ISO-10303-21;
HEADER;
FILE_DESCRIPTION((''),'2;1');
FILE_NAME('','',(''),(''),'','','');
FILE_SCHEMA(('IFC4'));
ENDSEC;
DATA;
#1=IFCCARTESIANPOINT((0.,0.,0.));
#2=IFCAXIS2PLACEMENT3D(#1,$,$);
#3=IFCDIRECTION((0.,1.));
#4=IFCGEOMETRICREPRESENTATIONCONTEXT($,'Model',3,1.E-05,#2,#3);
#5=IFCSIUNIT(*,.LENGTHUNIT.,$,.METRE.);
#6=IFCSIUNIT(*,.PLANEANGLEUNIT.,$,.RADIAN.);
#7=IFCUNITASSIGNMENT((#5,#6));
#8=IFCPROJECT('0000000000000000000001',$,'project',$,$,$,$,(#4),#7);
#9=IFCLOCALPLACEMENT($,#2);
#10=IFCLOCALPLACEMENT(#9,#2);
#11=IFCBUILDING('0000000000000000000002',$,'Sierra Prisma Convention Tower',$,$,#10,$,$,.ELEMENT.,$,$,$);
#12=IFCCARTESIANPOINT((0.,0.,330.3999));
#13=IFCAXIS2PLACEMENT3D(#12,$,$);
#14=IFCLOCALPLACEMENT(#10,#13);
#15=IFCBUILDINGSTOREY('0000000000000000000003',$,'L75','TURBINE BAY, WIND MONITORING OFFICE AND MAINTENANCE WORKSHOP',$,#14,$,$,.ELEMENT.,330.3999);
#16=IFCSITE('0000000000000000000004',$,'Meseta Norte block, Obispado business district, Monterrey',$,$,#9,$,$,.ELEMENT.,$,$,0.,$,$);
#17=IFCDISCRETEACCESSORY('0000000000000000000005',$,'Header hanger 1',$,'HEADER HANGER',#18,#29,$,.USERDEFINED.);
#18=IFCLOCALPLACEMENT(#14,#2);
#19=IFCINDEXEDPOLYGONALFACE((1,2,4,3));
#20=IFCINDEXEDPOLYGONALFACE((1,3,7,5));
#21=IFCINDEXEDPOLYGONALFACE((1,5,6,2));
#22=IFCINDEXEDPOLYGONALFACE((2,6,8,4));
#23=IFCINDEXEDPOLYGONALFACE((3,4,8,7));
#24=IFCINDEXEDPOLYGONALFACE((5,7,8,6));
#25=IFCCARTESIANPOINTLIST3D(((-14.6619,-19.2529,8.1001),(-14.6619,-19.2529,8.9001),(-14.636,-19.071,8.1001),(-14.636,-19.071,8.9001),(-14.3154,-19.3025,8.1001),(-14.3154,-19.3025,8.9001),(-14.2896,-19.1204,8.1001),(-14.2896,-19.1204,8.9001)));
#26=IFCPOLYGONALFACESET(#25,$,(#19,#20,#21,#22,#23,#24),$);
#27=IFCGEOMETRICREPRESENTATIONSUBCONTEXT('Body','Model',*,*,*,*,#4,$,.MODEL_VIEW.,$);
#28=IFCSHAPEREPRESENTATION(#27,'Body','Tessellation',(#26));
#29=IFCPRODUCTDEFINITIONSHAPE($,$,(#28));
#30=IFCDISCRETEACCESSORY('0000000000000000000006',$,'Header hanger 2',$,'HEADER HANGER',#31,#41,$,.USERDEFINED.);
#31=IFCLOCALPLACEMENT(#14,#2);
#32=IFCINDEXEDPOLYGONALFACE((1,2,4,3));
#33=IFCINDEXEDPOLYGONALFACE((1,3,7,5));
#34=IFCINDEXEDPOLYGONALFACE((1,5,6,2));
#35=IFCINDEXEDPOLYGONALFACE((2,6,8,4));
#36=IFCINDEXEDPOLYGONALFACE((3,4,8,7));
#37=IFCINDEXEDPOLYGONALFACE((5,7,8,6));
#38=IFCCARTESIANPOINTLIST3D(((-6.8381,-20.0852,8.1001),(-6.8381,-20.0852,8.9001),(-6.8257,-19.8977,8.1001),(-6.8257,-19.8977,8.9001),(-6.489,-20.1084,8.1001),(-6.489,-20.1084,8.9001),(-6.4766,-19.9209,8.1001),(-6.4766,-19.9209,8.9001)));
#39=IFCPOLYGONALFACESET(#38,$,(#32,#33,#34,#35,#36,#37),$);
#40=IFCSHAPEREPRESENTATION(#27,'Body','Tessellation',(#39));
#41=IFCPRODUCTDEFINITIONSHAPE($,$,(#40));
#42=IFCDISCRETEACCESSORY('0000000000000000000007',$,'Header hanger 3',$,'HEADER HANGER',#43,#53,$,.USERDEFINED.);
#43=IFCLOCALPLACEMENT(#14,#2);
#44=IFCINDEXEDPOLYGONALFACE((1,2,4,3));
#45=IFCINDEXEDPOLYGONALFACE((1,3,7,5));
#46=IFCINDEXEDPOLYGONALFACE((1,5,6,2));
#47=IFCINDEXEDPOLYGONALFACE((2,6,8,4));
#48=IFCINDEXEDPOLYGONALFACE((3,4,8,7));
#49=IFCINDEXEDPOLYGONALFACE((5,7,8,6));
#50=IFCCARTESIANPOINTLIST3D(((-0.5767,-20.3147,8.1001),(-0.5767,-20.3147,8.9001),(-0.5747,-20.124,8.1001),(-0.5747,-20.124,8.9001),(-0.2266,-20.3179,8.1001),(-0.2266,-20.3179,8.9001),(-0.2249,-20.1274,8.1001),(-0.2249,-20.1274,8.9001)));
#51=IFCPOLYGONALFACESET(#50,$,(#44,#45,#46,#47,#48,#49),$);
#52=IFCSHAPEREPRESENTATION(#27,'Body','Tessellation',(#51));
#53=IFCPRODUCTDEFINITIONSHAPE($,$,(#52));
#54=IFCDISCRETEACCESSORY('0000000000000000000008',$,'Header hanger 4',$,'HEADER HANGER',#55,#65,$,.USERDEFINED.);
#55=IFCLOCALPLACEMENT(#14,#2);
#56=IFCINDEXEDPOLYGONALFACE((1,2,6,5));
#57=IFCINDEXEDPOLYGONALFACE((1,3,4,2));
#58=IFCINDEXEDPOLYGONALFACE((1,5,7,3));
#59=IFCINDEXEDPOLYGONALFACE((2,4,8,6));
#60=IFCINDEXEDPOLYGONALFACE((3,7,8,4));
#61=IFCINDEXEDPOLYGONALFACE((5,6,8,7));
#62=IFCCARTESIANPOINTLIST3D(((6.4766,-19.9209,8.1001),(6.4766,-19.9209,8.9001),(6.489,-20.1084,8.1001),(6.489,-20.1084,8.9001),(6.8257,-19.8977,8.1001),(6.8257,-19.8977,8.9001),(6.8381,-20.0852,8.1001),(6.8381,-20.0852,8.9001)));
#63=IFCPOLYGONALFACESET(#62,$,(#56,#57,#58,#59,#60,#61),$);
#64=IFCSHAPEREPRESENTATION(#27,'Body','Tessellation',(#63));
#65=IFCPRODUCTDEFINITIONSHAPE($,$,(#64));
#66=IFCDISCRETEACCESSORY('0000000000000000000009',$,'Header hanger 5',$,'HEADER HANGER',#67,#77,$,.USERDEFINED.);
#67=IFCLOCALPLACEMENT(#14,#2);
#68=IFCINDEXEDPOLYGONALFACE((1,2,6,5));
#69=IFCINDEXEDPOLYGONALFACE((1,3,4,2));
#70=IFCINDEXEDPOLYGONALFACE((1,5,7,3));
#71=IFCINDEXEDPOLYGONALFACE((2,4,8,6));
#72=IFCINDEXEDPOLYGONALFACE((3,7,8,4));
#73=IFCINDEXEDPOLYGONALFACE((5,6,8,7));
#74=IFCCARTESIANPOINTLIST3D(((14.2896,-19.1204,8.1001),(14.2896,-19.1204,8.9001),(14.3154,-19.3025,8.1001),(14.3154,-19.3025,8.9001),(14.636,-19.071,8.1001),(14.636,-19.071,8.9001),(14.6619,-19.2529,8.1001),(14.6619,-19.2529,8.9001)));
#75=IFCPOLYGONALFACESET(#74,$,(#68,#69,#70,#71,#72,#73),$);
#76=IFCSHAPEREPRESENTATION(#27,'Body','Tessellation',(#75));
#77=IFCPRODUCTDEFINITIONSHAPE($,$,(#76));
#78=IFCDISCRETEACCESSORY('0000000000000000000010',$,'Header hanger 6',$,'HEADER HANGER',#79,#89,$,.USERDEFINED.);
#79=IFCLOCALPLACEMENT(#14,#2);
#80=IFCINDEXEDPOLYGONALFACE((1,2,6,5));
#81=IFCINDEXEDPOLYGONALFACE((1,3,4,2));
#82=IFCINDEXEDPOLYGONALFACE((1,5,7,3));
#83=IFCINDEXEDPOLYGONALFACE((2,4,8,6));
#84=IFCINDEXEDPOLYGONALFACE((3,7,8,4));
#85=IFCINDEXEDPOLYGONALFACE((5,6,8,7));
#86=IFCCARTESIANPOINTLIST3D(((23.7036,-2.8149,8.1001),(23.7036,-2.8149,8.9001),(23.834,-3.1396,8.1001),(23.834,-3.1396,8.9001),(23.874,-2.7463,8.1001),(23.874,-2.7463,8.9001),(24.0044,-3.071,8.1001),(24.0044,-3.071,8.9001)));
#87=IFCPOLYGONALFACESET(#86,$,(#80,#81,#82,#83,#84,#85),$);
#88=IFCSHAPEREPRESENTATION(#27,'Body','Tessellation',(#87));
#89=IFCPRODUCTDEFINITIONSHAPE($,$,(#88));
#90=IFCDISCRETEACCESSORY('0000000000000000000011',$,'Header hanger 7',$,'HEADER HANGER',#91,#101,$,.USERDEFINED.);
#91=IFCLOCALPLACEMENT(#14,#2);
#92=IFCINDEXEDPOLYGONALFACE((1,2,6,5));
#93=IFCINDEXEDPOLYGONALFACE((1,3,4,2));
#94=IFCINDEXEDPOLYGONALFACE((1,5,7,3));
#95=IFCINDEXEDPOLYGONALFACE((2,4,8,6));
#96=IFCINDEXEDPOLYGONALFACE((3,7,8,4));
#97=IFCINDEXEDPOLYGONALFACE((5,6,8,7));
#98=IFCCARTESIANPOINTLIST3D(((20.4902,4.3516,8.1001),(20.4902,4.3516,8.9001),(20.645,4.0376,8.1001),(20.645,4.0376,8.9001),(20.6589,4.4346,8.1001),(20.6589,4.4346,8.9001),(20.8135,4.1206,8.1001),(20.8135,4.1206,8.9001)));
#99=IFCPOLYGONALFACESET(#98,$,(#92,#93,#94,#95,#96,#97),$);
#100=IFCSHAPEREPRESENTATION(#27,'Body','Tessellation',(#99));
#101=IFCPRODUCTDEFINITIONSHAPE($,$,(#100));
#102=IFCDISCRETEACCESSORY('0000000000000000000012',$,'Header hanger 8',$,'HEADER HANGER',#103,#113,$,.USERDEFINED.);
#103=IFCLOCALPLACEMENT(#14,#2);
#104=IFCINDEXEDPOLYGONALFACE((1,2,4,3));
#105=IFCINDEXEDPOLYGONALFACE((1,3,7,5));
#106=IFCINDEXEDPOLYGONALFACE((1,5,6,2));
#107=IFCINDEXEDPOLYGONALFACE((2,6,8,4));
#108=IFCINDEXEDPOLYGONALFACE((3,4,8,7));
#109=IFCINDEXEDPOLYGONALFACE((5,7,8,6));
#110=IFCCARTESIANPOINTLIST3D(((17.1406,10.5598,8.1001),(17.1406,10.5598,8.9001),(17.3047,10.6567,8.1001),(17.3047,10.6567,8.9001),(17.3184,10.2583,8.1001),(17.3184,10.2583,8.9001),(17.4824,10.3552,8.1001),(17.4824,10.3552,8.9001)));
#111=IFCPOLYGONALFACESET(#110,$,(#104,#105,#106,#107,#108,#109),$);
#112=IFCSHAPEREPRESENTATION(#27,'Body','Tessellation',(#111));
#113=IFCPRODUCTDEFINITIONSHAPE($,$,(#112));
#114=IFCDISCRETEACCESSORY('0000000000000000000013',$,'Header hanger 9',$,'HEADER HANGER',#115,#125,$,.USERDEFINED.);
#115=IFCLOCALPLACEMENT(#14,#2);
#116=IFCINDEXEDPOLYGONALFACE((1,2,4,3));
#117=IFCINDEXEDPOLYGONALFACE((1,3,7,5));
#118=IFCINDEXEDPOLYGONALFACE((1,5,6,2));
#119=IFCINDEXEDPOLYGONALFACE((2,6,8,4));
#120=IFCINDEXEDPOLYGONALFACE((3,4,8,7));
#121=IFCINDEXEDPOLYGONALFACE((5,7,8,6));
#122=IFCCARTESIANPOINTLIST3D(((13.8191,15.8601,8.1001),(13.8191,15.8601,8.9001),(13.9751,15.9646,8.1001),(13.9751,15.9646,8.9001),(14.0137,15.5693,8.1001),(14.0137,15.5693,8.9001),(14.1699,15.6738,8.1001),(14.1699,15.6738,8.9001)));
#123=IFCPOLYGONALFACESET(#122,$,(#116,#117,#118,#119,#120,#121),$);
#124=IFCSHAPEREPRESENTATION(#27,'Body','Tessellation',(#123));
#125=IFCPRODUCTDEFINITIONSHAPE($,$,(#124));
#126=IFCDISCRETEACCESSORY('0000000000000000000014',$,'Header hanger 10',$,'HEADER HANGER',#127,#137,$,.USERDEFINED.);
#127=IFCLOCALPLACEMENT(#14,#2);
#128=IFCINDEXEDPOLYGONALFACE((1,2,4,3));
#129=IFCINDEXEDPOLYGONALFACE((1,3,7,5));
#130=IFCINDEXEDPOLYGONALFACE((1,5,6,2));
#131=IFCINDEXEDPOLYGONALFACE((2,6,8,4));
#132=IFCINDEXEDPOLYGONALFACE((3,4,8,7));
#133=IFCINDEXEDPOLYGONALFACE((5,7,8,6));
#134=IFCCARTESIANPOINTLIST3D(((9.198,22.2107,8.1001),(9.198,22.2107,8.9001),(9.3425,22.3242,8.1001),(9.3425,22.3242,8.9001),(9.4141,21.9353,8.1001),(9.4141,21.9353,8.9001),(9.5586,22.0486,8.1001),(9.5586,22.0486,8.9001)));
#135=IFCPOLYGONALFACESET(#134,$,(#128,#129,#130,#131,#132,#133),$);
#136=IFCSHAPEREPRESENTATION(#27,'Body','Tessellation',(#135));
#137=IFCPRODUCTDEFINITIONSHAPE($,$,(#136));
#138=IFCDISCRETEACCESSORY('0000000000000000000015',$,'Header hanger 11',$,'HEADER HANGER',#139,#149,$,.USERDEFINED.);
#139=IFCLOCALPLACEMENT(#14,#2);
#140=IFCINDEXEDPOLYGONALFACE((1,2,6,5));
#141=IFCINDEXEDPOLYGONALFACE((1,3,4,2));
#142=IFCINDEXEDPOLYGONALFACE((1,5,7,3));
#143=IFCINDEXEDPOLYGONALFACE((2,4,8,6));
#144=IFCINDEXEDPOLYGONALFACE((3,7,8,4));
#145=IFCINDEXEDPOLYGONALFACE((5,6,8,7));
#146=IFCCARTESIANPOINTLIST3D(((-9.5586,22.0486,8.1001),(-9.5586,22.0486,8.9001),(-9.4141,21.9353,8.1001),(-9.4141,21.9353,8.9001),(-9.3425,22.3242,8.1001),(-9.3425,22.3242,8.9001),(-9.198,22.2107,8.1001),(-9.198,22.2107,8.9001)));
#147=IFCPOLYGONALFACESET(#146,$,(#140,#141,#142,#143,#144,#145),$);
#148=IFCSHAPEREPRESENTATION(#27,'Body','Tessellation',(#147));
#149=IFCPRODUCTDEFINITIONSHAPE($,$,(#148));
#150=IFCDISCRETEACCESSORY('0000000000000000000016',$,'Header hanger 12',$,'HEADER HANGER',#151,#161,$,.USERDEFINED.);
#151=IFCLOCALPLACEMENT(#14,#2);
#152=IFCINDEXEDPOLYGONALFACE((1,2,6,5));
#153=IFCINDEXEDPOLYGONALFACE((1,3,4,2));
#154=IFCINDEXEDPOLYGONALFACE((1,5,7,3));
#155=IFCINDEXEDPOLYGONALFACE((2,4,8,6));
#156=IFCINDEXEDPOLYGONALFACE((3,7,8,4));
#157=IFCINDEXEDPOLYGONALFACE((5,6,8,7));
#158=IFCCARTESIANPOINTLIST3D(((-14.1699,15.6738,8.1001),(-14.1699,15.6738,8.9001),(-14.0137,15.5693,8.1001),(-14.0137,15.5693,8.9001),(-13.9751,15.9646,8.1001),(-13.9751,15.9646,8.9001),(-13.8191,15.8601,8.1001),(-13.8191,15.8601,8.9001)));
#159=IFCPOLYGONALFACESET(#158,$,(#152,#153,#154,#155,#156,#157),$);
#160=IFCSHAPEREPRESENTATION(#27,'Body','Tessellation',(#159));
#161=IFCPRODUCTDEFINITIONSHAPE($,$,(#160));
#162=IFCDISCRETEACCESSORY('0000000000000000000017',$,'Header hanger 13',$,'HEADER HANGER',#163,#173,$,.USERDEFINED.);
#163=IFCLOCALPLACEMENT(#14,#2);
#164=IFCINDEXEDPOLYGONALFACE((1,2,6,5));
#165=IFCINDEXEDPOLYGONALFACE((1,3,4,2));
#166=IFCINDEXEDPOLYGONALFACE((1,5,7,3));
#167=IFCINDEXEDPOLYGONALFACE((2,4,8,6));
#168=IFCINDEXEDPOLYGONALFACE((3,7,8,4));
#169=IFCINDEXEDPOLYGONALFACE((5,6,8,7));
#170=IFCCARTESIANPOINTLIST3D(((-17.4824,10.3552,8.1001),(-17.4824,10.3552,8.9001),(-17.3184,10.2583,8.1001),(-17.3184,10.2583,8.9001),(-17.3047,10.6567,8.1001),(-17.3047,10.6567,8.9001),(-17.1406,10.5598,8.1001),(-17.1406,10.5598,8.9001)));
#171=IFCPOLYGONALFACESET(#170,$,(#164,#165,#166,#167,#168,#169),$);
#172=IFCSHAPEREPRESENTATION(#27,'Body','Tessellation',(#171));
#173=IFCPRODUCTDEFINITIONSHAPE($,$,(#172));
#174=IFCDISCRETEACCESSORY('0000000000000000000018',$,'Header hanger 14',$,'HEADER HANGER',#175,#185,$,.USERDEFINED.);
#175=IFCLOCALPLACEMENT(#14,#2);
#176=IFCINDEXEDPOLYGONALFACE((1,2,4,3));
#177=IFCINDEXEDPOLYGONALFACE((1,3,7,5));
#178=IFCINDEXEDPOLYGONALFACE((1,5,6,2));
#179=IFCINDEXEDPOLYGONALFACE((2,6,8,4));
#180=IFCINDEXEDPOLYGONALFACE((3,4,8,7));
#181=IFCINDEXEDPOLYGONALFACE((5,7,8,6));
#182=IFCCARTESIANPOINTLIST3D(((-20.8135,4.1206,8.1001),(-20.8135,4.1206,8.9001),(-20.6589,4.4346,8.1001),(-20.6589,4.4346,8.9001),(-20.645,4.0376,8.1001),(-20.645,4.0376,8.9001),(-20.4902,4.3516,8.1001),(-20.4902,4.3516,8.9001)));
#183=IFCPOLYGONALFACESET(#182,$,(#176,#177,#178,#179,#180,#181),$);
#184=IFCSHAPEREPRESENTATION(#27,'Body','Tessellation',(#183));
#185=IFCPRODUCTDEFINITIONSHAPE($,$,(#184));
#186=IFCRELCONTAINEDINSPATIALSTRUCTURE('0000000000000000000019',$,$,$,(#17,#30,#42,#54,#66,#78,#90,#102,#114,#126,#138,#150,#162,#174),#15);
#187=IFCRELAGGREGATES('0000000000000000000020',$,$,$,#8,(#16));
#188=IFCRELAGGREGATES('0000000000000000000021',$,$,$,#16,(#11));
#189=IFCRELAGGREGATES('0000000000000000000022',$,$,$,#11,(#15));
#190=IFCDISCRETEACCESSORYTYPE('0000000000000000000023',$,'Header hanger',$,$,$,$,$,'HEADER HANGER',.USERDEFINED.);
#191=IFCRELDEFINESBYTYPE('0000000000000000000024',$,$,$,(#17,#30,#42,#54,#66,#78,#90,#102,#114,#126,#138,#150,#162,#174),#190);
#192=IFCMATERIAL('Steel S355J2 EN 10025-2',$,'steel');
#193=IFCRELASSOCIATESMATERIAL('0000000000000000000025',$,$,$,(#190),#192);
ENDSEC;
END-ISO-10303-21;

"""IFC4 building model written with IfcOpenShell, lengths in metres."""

from ifc_helpers import new_model, si_unit, direction, frame, origin, place, context, subcontext, project, spatial, polyline, outline, extrude, material, type_object, element, save


model = new_model("IFC4")

# Units and contexts
model_context = context("Model", 3, precision=1e-05, world=origin(), true_north=direction((0.0, 1.0)))
body_context = subcontext(model_context, "Body", "Model", "MODEL_VIEW")
ifc_project = project(units=[si_unit("LENGTHUNIT", "METRE"), si_unit("PLANEANGLEUNIT", "RADIAN")], contexts=[model_context])

# Site, building, storey
site_placement = place(None, origin())
site = spatial("IfcSite", under=ifc_project, at=site_placement, Name="Meseta Norte block, Obispado business district, Monterrey", CompositionType="ELEMENT", RefElevation=0.0)
building_placement = place(site_placement, origin())
building = spatial("IfcBuilding", under=site, at=building_placement, Name="Sierra Prisma Convention Tower", CompositionType="ELEMENT")
storey_placement = place(building_placement, frame((0.0, 0.0, 330.3999)))
storey = spatial("IfcBuildingStorey", under=building, at=storey_placement, Name="L75", Description="TURBINE BAY, WIND MONITORING OFFICE AND MAINTENANCE WORKSHOP", CompositionType="ELEMENT", Elevation=330.3999)

# Discrete accessories
ifc_material_1 = material(Name="Steel S355J2 EN 10025-2", Category="steel")
discrete_accessory_type_1 = type_object("IfcDiscreteAccessoryType", Name="Header hanger", ElementType="HEADER HANGER", PredefinedType="USERDEFINED", material=ifc_material_1)
discrete_accessory_1_placement = place(storey_placement, frame((0.0, 0.0, 8.1001)))
element("IfcDiscreteAccessory", 1, at=discrete_accessory_1_placement, inside=storey, type_object=discrete_accessory_type_1, Name="Header hanger 1", ObjectType="HEADER HANGER", PredefinedType="USERDEFINED", context=body_context, shape_type="SweptSolid", body=[
    extrude(outline(polyline([(-14.636, -19.071), (-14.6619, -19.2529), (-14.3154, -19.3025), (-14.2896, -19.1204), (-14.636, -19.071)])), origin(), (0.0, 0.0, 1.0), 0.8),
])
discrete_accessory_2_placement = place(storey_placement, frame((0.0, 0.0, 8.1001)))
element("IfcDiscreteAccessory", 2, at=discrete_accessory_2_placement, inside=storey, type_object=discrete_accessory_type_1, Name="Header hanger 2", ObjectType="HEADER HANGER", PredefinedType="USERDEFINED", context=body_context, shape_type="SweptSolid", body=[
    extrude(outline(polyline([(-6.8257, -19.8977), (-6.8381, -20.0852), (-6.489, -20.1084), (-6.4766, -19.9209), (-6.8257, -19.8977)])), origin(), (0.0, 0.0, 1.0), 0.8),
])
discrete_accessory_3_placement = place(storey_placement, frame((0.0, 0.0, 8.1001)))
element("IfcDiscreteAccessory", 3, at=discrete_accessory_3_placement, inside=storey, type_object=discrete_accessory_type_1, Name="Header hanger 3", ObjectType="HEADER HANGER", PredefinedType="USERDEFINED", context=body_context, shape_type="SweptSolid", body=[
    extrude(outline(polyline([(-0.5747, -20.124), (-0.5767, -20.3147), (-0.2266, -20.3179), (-0.2249, -20.1274), (-0.5747, -20.124)])), origin(), (0.0, 0.0, 1.0), 0.8),
])
discrete_accessory_4_placement = place(storey_placement, frame((0.0, 0.0, 8.1001)))
element("IfcDiscreteAccessory", 4, at=discrete_accessory_4_placement, inside=storey, type_object=discrete_accessory_type_1, Name="Header hanger 4", ObjectType="HEADER HANGER", PredefinedType="USERDEFINED", context=body_context, shape_type="SweptSolid", body=[
    extrude(outline(polyline([(6.4766, -19.9209), (6.489, -20.1084), (6.8381, -20.0852), (6.8257, -19.8977), (6.4766, -19.9209)])), origin(), (0.0, 0.0, 1.0), 0.8),
])
discrete_accessory_5_placement = place(storey_placement, frame((0.0, 0.0, 8.1001)))
element("IfcDiscreteAccessory", 5, at=discrete_accessory_5_placement, inside=storey, type_object=discrete_accessory_type_1, Name="Header hanger 5", ObjectType="HEADER HANGER", PredefinedType="USERDEFINED", context=body_context, shape_type="SweptSolid", body=[
    extrude(outline(polyline([(14.2896, -19.1204), (14.3154, -19.3025), (14.6619, -19.2529), (14.636, -19.071), (14.2896, -19.1204)])), origin(), (0.0, 0.0, 1.0), 0.8),
])
discrete_accessory_6_placement = place(storey_placement, frame((0.0, 0.0, 8.1001)))
element("IfcDiscreteAccessory", 6, at=discrete_accessory_6_placement, inside=storey, type_object=discrete_accessory_type_1, Name="Header hanger 6", ObjectType="HEADER HANGER", PredefinedType="USERDEFINED", context=body_context, shape_type="SweptSolid", body=[
    extrude(outline(polyline([(23.834, -3.1396), (24.0044, -3.071), (23.874, -2.7463), (23.7036, -2.8149), (23.834, -3.1396)])), origin(), (0.0, 0.0, 1.0), 0.8),
])
discrete_accessory_7_placement = place(storey_placement, frame((0.0, 0.0, 8.1001)))
element("IfcDiscreteAccessory", 7, at=discrete_accessory_7_placement, inside=storey, type_object=discrete_accessory_type_1, Name="Header hanger 7", ObjectType="HEADER HANGER", PredefinedType="USERDEFINED", context=body_context, shape_type="SweptSolid", body=[
    extrude(outline(polyline([(20.645, 4.0376), (20.8135, 4.1206), (20.6589, 4.4346), (20.4902, 4.3516), (20.645, 4.0376)])), origin(), (0.0, 0.0, 1.0), 0.8),
])
discrete_accessory_8_placement = place(storey_placement, frame((0.0, 0.0, 8.1001)))
element("IfcDiscreteAccessory", 8, at=discrete_accessory_8_placement, inside=storey, type_object=discrete_accessory_type_1, Name="Header hanger 8", ObjectType="HEADER HANGER", PredefinedType="USERDEFINED", context=body_context, shape_type="SweptSolid", body=[
    extrude(outline(polyline([(17.3184, 10.2583), (17.4824, 10.3552), (17.3047, 10.6567), (17.1406, 10.5598), (17.3184, 10.2583)])), origin(), (0.0, 0.0, 1.0), 0.8),
])
discrete_accessory_9_placement = place(storey_placement, frame((0.0, 0.0, 8.1001)))
element("IfcDiscreteAccessory", 9, at=discrete_accessory_9_placement, inside=storey, type_object=discrete_accessory_type_1, Name="Header hanger 9", ObjectType="HEADER HANGER", PredefinedType="USERDEFINED", context=body_context, shape_type="SweptSolid", body=[
    extrude(outline(polyline([(14.0137, 15.5693), (14.1699, 15.6738), (13.9751, 15.9646), (13.8191, 15.8601), (14.0137, 15.5693)])), origin(), (0.0, 0.0, 1.0), 0.8),
])
discrete_accessory_10_placement = place(storey_placement, frame((0.0, 0.0, 8.1001)))
element("IfcDiscreteAccessory", 10, at=discrete_accessory_10_placement, inside=storey, type_object=discrete_accessory_type_1, Name="Header hanger 10", ObjectType="HEADER HANGER", PredefinedType="USERDEFINED", context=body_context, shape_type="SweptSolid", body=[
    extrude(outline(polyline([(9.4141, 21.9353), (9.5586, 22.0486), (9.3425, 22.3242), (9.198, 22.2107), (9.4141, 21.9353)])), origin(), (0.0, 0.0, 1.0), 0.8),
])
discrete_accessory_11_placement = place(storey_placement, frame((0.0, 0.0, 8.1001)))
element("IfcDiscreteAccessory", 11, at=discrete_accessory_11_placement, inside=storey, type_object=discrete_accessory_type_1, Name="Header hanger 11", ObjectType="HEADER HANGER", PredefinedType="USERDEFINED", context=body_context, shape_type="SweptSolid", body=[
    extrude(outline(polyline([(-9.198, 22.2107), (-9.3425, 22.3242), (-9.5586, 22.0486), (-9.4141, 21.9353), (-9.198, 22.2107)])), origin(), (0.0, 0.0, 1.0), 0.8),
])
discrete_accessory_12_placement = place(storey_placement, frame((0.0, 0.0, 8.1001)))
element("IfcDiscreteAccessory", 12, at=discrete_accessory_12_placement, inside=storey, type_object=discrete_accessory_type_1, Name="Header hanger 12", ObjectType="HEADER HANGER", PredefinedType="USERDEFINED", context=body_context, shape_type="SweptSolid", body=[
    extrude(outline(polyline([(-13.8191, 15.8601), (-13.9751, 15.9646), (-14.1699, 15.6738), (-14.0137, 15.5693), (-13.8191, 15.8601)])), origin(), (0.0, 0.0, 1.0), 0.8),
])
discrete_accessory_13_placement = place(storey_placement, frame((0.0, 0.0, 8.1001)))
element("IfcDiscreteAccessory", 13, at=discrete_accessory_13_placement, inside=storey, type_object=discrete_accessory_type_1, Name="Header hanger 13", ObjectType="HEADER HANGER", PredefinedType="USERDEFINED", context=body_context, shape_type="SweptSolid", body=[
    extrude(outline(polyline([(-17.1406, 10.5598), (-17.3047, 10.6567), (-17.4824, 10.3552), (-17.3184, 10.2583), (-17.1406, 10.5598)])), origin(), (0.0, 0.0, 1.0), 0.8),
])
discrete_accessory_14_placement = place(storey_placement, frame((0.0, 0.0, 8.1001)))
element("IfcDiscreteAccessory", 14, at=discrete_accessory_14_placement, inside=storey, type_object=discrete_accessory_type_1, Name="Header hanger 14", ObjectType="HEADER HANGER", PredefinedType="USERDEFINED", context=body_context, shape_type="SweptSolid", body=[
    extrude(outline(polyline([(-20.4902, 4.3516), (-20.6589, 4.4346), (-20.8135, 4.1206), (-20.645, 4.0376), (-20.4902, 4.3516)])), origin(), (0.0, 0.0, 1.0), 0.8),
])

save(model, "model.ifc")
